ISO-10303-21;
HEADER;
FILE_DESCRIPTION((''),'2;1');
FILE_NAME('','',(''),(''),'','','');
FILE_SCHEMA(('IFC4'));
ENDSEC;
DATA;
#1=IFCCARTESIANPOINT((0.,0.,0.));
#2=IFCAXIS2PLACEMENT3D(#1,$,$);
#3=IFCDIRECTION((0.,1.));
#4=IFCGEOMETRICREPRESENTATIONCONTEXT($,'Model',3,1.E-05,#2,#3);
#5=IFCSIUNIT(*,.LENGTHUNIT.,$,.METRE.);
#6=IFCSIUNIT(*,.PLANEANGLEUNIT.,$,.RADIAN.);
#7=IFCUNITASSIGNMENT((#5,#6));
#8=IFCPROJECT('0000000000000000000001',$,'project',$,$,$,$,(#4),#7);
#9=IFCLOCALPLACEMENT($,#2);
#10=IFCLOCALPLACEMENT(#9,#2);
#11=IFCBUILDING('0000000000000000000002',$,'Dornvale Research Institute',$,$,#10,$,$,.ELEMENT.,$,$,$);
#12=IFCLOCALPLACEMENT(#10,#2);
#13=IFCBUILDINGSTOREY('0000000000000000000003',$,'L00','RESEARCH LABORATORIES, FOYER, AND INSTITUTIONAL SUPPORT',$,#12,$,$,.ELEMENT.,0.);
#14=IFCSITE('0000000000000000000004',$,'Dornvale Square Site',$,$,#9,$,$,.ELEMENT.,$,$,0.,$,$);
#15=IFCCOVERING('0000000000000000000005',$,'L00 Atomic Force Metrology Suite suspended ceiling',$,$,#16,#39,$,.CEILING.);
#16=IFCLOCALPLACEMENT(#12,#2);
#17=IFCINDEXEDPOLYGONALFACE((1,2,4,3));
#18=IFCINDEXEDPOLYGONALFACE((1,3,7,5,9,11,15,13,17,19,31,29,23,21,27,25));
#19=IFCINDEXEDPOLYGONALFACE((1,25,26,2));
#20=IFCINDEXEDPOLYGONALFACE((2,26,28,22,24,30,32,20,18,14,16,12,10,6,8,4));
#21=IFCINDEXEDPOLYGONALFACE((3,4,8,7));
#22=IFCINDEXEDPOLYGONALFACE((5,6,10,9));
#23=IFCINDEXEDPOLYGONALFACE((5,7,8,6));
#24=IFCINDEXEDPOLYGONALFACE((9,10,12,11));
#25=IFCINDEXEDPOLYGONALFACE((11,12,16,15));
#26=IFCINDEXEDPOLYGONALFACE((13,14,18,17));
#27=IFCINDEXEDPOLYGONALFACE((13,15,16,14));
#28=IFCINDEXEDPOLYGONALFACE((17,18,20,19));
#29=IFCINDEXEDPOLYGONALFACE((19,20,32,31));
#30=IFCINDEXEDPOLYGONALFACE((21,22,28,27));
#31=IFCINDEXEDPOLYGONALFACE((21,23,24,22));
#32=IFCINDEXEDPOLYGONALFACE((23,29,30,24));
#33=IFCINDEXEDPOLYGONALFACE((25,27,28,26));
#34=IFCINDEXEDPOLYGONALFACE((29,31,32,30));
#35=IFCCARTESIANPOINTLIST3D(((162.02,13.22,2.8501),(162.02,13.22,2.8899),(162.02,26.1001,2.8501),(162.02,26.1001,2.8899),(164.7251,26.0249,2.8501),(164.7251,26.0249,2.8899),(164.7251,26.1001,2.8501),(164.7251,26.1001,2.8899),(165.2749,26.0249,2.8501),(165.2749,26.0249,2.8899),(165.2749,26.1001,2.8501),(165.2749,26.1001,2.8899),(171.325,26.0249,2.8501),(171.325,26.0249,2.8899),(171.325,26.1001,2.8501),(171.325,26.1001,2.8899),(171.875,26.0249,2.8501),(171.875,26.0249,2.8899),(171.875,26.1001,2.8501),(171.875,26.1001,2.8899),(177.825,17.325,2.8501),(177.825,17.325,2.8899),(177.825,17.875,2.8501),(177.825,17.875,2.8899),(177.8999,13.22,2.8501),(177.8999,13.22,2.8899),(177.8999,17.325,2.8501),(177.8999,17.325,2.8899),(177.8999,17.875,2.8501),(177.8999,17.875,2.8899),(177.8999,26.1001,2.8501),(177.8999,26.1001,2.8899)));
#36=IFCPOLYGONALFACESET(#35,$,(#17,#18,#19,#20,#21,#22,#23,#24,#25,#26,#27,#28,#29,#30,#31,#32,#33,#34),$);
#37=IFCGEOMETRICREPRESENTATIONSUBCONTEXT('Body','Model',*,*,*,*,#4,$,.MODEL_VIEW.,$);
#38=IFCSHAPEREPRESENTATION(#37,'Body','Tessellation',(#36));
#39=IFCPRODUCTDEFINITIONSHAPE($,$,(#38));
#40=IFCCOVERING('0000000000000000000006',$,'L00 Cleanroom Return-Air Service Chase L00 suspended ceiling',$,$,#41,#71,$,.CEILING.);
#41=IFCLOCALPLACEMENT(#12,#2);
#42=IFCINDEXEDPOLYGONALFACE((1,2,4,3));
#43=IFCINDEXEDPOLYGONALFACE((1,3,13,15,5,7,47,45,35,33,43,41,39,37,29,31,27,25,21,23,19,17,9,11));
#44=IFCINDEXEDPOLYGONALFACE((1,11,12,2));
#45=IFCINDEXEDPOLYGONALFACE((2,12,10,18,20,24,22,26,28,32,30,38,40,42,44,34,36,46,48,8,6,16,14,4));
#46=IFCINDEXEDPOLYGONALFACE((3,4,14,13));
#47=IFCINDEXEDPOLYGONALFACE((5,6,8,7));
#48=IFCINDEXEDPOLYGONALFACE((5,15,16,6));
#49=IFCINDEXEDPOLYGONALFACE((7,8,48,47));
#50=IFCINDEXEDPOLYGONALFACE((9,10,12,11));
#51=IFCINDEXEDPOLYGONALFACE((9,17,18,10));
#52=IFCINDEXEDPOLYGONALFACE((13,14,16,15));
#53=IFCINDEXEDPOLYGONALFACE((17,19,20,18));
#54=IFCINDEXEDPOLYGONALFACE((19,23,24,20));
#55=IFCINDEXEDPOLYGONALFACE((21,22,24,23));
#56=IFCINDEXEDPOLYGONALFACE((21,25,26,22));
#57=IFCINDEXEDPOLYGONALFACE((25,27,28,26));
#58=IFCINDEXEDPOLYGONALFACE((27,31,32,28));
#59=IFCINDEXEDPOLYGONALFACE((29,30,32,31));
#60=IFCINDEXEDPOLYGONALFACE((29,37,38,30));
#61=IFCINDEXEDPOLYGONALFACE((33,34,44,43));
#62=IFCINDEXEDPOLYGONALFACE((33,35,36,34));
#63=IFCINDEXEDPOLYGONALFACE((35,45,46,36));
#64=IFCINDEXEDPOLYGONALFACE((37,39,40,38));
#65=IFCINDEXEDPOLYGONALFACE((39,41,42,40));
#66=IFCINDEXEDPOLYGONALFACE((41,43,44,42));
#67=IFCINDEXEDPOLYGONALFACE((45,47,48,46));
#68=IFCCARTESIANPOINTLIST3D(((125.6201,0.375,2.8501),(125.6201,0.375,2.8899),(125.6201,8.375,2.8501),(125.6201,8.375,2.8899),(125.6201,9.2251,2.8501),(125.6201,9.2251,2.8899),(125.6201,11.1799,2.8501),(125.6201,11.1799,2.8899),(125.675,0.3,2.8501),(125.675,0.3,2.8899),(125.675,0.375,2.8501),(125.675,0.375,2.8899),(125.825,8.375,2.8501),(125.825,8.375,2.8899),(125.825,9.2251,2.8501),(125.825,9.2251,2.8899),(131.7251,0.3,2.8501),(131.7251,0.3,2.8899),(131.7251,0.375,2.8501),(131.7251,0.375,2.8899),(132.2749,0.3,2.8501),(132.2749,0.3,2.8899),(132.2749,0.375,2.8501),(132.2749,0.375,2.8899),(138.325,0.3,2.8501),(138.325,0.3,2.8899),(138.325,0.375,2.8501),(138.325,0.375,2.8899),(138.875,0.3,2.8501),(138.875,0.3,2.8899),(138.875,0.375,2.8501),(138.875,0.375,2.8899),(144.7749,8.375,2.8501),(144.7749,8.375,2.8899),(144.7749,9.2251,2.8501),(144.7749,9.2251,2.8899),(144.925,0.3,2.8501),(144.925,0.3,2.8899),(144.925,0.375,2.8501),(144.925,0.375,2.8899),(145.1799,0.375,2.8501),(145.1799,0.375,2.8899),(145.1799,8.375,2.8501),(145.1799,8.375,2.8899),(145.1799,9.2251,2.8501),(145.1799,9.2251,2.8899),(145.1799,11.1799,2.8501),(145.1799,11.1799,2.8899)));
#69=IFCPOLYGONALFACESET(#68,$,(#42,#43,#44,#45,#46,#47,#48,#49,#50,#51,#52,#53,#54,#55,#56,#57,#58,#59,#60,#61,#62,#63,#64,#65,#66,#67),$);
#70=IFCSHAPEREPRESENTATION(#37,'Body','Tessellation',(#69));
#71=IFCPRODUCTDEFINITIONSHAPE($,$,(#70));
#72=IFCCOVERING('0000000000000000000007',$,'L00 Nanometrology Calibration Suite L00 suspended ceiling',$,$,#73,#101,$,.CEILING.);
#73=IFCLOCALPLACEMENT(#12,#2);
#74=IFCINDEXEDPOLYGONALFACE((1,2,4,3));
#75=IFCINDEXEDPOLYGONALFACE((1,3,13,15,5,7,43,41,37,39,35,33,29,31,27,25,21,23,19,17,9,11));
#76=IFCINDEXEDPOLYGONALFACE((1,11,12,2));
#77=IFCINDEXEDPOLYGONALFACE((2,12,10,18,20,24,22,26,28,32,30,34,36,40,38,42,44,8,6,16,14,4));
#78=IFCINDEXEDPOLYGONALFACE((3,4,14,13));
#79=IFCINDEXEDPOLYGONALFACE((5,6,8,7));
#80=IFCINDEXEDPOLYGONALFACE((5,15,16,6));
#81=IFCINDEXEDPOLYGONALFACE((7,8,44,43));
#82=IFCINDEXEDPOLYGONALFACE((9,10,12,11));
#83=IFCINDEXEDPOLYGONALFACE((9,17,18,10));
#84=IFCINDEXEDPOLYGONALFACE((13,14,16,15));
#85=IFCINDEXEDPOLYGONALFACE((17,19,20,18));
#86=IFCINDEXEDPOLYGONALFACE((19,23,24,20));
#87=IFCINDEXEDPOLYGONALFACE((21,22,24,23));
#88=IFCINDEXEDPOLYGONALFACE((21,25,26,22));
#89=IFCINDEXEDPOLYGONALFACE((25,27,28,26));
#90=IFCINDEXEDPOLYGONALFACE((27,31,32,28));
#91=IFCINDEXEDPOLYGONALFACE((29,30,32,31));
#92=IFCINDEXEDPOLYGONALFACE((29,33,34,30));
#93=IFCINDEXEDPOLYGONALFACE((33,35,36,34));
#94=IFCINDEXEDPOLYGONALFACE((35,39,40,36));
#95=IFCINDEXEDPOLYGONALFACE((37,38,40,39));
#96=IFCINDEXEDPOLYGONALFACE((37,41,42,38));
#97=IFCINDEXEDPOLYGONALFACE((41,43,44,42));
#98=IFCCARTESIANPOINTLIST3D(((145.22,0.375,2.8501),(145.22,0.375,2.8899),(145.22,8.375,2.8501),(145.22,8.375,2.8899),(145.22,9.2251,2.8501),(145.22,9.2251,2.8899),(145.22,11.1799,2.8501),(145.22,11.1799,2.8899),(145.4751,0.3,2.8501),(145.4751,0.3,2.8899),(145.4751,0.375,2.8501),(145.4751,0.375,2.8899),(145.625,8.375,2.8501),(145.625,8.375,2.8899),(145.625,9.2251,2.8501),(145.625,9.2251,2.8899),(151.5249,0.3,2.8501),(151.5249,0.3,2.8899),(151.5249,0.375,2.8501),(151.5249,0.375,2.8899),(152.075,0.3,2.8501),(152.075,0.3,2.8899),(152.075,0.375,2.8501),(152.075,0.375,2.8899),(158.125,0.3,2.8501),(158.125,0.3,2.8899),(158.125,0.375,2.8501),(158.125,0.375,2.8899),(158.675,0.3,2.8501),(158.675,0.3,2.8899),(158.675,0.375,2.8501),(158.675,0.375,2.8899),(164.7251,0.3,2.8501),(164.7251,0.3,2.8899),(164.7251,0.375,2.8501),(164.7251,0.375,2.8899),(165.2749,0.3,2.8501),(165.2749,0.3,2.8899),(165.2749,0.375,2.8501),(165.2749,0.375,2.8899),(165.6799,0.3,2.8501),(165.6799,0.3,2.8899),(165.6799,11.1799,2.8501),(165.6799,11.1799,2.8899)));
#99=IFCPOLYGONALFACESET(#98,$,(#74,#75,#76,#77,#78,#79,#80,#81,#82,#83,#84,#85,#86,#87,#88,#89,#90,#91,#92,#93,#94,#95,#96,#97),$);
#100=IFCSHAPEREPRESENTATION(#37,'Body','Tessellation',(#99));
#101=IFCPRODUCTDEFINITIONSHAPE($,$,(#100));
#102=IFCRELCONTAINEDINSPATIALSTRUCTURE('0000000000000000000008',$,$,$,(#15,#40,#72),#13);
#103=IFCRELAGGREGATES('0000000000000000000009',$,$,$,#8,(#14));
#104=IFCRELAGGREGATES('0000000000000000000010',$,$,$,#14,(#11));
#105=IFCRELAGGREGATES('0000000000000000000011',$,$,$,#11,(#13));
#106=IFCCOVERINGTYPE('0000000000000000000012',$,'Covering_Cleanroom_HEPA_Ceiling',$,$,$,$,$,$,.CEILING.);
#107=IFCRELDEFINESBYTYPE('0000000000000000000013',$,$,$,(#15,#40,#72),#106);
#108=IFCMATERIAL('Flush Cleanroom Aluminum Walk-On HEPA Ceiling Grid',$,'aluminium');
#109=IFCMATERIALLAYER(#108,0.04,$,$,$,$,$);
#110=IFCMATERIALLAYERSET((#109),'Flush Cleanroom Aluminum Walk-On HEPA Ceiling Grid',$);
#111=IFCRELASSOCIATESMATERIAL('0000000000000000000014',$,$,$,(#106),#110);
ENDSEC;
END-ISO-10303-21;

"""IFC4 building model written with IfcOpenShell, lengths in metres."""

from ifc_helpers import new_model, si_unit, direction, frame, origin, place, context, subcontext, project, spatial, polyline, outline, extrude, material, layer, layer_set, type_object, element, save


model = new_model("IFC4")

# Units and contexts
model_context = context("Model", 3, precision=1e-05, world=origin(), true_north=direction((0.0, 1.0)))
body_context = subcontext(model_context, "Body", "Model", "MODEL_VIEW")
ifc_project = project(units=[si_unit("LENGTHUNIT", "METRE"), si_unit("PLANEANGLEUNIT", "RADIAN")], contexts=[model_context])

# Site, building, storey
site_placement = place(None, origin())
site = spatial("IfcSite", under=ifc_project, at=site_placement, Name="Dornvale Square Site", CompositionType="ELEMENT", RefElevation=0.0)
building_placement = place(site_placement, origin())
building = spatial("IfcBuilding", under=site, at=building_placement, Name="Dornvale Research Institute", CompositionType="ELEMENT")
storey_placement = place(building_placement, origin())
storey = spatial("IfcBuildingStorey", under=building, at=storey_placement, Name="L00", Description="RESEARCH LABORATORIES, FOYER, AND INSTITUTIONAL SUPPORT", CompositionType="ELEMENT", Elevation=0.0)

# Coverings
ifc_material_1 = material(Name="Flush Cleanroom Aluminum Walk-On HEPA Ceiling Grid", Category="aluminium")
ifc_layer_1 = layer(ifc_material_1, 0.04)
ifc_layer_set_1 = layer_set([ifc_layer_1], Name="Flush Cleanroom Aluminum Walk-On HEPA Ceiling Grid")
covering_type_1 = type_object("IfcCoveringType", Name="Covering_Cleanroom_HEPA_Ceiling", PredefinedType="CEILING", material=ifc_layer_set_1)
covering_1_placement = place(storey_placement, frame((0.0, 0.0, 2.8501)))
element("IfcCovering", 1, at=covering_1_placement, inside=storey, type_object=covering_type_1, Name="L00 Atomic Force Metrology Suite suspended ceiling", PredefinedType="CEILING", context=body_context, shape_type="SweptSolid", body=[
    extrude(outline(polyline([(171.875, 26.0249), (171.875, 26.1001), (177.8999, 26.1001), (177.8999, 17.875), (177.825, 17.875), (177.825, 17.325), (177.8999, 17.325), (177.8999, 13.22), (162.02, 13.22), (162.02, 26.1001), (164.7251, 26.1001), (164.7251, 26.0249), (165.2749, 26.0249), (165.2749, 26.1001), (171.325, 26.1001), (171.325, 26.0249), (171.875, 26.0249)])), origin(), (0.0, 0.0, 1.0), 0.0398),
])
covering_2_placement = place(storey_placement, frame((0.0, 0.0, 2.8501)))
element("IfcCovering", 2, at=covering_2_placement, inside=storey, type_object=covering_type_1, Name="L00 Cleanroom Return-Air Service Chase L00 suspended ceiling", PredefinedType="CEILING", context=body_context, shape_type="SweptSolid", body=[
    extrude(outline(polyline([(144.925, 0.375), (144.925, 0.3), (138.875, 0.3), (138.875, 0.375), (138.325, 0.375), (138.325, 0.3), (132.2749, 0.3), (132.2749, 0.375), (131.7251, 0.375), (131.7251, 0.3), (125.675, 0.3), (125.675, 0.375), (125.6201, 0.375), (125.6201, 8.375), (125.825, 8.375), (125.825, 9.2251), (125.6201, 9.2251), (125.6201, 11.1799), (145.1799, 11.1799), (145.1799, 9.2251), (144.7749, 9.2251), (144.7749, 8.375), (145.1799, 8.375), (145.1799, 0.375), (144.925, 0.375)])), origin(), (0.0, 0.0, 1.0), 0.0398),
])
covering_3_placement = place(storey_placement, frame((0.0, 0.0, 2.8501)))
element("IfcCovering", 3, at=covering_3_placement, inside=storey, type_object=covering_type_1, Name="L00 Nanometrology Calibration Suite L00 suspended ceiling", PredefinedType="CEILING", context=body_context, shape_type="SweptSolid", body=[
    extrude(outline(polyline([(165.2749, 0.3), (165.2749, 0.375), (164.7251, 0.375), (164.7251, 0.3), (158.675, 0.3), (158.675, 0.375), (158.125, 0.375), (158.125, 0.3), (152.075, 0.3), (152.075, 0.375), (151.5249, 0.375), (151.5249, 0.3), (145.4751, 0.3), (145.4751, 0.375), (145.22, 0.375), (145.22, 8.375), (145.625, 8.375), (145.625, 9.2251), (145.22, 9.2251), (145.22, 11.1799), (165.6799, 11.1799), (165.6799, 0.3), (165.2749, 0.3)])), origin(), (0.0, 0.0, 1.0), 0.0398),
])

save(model, "model.ifc")
